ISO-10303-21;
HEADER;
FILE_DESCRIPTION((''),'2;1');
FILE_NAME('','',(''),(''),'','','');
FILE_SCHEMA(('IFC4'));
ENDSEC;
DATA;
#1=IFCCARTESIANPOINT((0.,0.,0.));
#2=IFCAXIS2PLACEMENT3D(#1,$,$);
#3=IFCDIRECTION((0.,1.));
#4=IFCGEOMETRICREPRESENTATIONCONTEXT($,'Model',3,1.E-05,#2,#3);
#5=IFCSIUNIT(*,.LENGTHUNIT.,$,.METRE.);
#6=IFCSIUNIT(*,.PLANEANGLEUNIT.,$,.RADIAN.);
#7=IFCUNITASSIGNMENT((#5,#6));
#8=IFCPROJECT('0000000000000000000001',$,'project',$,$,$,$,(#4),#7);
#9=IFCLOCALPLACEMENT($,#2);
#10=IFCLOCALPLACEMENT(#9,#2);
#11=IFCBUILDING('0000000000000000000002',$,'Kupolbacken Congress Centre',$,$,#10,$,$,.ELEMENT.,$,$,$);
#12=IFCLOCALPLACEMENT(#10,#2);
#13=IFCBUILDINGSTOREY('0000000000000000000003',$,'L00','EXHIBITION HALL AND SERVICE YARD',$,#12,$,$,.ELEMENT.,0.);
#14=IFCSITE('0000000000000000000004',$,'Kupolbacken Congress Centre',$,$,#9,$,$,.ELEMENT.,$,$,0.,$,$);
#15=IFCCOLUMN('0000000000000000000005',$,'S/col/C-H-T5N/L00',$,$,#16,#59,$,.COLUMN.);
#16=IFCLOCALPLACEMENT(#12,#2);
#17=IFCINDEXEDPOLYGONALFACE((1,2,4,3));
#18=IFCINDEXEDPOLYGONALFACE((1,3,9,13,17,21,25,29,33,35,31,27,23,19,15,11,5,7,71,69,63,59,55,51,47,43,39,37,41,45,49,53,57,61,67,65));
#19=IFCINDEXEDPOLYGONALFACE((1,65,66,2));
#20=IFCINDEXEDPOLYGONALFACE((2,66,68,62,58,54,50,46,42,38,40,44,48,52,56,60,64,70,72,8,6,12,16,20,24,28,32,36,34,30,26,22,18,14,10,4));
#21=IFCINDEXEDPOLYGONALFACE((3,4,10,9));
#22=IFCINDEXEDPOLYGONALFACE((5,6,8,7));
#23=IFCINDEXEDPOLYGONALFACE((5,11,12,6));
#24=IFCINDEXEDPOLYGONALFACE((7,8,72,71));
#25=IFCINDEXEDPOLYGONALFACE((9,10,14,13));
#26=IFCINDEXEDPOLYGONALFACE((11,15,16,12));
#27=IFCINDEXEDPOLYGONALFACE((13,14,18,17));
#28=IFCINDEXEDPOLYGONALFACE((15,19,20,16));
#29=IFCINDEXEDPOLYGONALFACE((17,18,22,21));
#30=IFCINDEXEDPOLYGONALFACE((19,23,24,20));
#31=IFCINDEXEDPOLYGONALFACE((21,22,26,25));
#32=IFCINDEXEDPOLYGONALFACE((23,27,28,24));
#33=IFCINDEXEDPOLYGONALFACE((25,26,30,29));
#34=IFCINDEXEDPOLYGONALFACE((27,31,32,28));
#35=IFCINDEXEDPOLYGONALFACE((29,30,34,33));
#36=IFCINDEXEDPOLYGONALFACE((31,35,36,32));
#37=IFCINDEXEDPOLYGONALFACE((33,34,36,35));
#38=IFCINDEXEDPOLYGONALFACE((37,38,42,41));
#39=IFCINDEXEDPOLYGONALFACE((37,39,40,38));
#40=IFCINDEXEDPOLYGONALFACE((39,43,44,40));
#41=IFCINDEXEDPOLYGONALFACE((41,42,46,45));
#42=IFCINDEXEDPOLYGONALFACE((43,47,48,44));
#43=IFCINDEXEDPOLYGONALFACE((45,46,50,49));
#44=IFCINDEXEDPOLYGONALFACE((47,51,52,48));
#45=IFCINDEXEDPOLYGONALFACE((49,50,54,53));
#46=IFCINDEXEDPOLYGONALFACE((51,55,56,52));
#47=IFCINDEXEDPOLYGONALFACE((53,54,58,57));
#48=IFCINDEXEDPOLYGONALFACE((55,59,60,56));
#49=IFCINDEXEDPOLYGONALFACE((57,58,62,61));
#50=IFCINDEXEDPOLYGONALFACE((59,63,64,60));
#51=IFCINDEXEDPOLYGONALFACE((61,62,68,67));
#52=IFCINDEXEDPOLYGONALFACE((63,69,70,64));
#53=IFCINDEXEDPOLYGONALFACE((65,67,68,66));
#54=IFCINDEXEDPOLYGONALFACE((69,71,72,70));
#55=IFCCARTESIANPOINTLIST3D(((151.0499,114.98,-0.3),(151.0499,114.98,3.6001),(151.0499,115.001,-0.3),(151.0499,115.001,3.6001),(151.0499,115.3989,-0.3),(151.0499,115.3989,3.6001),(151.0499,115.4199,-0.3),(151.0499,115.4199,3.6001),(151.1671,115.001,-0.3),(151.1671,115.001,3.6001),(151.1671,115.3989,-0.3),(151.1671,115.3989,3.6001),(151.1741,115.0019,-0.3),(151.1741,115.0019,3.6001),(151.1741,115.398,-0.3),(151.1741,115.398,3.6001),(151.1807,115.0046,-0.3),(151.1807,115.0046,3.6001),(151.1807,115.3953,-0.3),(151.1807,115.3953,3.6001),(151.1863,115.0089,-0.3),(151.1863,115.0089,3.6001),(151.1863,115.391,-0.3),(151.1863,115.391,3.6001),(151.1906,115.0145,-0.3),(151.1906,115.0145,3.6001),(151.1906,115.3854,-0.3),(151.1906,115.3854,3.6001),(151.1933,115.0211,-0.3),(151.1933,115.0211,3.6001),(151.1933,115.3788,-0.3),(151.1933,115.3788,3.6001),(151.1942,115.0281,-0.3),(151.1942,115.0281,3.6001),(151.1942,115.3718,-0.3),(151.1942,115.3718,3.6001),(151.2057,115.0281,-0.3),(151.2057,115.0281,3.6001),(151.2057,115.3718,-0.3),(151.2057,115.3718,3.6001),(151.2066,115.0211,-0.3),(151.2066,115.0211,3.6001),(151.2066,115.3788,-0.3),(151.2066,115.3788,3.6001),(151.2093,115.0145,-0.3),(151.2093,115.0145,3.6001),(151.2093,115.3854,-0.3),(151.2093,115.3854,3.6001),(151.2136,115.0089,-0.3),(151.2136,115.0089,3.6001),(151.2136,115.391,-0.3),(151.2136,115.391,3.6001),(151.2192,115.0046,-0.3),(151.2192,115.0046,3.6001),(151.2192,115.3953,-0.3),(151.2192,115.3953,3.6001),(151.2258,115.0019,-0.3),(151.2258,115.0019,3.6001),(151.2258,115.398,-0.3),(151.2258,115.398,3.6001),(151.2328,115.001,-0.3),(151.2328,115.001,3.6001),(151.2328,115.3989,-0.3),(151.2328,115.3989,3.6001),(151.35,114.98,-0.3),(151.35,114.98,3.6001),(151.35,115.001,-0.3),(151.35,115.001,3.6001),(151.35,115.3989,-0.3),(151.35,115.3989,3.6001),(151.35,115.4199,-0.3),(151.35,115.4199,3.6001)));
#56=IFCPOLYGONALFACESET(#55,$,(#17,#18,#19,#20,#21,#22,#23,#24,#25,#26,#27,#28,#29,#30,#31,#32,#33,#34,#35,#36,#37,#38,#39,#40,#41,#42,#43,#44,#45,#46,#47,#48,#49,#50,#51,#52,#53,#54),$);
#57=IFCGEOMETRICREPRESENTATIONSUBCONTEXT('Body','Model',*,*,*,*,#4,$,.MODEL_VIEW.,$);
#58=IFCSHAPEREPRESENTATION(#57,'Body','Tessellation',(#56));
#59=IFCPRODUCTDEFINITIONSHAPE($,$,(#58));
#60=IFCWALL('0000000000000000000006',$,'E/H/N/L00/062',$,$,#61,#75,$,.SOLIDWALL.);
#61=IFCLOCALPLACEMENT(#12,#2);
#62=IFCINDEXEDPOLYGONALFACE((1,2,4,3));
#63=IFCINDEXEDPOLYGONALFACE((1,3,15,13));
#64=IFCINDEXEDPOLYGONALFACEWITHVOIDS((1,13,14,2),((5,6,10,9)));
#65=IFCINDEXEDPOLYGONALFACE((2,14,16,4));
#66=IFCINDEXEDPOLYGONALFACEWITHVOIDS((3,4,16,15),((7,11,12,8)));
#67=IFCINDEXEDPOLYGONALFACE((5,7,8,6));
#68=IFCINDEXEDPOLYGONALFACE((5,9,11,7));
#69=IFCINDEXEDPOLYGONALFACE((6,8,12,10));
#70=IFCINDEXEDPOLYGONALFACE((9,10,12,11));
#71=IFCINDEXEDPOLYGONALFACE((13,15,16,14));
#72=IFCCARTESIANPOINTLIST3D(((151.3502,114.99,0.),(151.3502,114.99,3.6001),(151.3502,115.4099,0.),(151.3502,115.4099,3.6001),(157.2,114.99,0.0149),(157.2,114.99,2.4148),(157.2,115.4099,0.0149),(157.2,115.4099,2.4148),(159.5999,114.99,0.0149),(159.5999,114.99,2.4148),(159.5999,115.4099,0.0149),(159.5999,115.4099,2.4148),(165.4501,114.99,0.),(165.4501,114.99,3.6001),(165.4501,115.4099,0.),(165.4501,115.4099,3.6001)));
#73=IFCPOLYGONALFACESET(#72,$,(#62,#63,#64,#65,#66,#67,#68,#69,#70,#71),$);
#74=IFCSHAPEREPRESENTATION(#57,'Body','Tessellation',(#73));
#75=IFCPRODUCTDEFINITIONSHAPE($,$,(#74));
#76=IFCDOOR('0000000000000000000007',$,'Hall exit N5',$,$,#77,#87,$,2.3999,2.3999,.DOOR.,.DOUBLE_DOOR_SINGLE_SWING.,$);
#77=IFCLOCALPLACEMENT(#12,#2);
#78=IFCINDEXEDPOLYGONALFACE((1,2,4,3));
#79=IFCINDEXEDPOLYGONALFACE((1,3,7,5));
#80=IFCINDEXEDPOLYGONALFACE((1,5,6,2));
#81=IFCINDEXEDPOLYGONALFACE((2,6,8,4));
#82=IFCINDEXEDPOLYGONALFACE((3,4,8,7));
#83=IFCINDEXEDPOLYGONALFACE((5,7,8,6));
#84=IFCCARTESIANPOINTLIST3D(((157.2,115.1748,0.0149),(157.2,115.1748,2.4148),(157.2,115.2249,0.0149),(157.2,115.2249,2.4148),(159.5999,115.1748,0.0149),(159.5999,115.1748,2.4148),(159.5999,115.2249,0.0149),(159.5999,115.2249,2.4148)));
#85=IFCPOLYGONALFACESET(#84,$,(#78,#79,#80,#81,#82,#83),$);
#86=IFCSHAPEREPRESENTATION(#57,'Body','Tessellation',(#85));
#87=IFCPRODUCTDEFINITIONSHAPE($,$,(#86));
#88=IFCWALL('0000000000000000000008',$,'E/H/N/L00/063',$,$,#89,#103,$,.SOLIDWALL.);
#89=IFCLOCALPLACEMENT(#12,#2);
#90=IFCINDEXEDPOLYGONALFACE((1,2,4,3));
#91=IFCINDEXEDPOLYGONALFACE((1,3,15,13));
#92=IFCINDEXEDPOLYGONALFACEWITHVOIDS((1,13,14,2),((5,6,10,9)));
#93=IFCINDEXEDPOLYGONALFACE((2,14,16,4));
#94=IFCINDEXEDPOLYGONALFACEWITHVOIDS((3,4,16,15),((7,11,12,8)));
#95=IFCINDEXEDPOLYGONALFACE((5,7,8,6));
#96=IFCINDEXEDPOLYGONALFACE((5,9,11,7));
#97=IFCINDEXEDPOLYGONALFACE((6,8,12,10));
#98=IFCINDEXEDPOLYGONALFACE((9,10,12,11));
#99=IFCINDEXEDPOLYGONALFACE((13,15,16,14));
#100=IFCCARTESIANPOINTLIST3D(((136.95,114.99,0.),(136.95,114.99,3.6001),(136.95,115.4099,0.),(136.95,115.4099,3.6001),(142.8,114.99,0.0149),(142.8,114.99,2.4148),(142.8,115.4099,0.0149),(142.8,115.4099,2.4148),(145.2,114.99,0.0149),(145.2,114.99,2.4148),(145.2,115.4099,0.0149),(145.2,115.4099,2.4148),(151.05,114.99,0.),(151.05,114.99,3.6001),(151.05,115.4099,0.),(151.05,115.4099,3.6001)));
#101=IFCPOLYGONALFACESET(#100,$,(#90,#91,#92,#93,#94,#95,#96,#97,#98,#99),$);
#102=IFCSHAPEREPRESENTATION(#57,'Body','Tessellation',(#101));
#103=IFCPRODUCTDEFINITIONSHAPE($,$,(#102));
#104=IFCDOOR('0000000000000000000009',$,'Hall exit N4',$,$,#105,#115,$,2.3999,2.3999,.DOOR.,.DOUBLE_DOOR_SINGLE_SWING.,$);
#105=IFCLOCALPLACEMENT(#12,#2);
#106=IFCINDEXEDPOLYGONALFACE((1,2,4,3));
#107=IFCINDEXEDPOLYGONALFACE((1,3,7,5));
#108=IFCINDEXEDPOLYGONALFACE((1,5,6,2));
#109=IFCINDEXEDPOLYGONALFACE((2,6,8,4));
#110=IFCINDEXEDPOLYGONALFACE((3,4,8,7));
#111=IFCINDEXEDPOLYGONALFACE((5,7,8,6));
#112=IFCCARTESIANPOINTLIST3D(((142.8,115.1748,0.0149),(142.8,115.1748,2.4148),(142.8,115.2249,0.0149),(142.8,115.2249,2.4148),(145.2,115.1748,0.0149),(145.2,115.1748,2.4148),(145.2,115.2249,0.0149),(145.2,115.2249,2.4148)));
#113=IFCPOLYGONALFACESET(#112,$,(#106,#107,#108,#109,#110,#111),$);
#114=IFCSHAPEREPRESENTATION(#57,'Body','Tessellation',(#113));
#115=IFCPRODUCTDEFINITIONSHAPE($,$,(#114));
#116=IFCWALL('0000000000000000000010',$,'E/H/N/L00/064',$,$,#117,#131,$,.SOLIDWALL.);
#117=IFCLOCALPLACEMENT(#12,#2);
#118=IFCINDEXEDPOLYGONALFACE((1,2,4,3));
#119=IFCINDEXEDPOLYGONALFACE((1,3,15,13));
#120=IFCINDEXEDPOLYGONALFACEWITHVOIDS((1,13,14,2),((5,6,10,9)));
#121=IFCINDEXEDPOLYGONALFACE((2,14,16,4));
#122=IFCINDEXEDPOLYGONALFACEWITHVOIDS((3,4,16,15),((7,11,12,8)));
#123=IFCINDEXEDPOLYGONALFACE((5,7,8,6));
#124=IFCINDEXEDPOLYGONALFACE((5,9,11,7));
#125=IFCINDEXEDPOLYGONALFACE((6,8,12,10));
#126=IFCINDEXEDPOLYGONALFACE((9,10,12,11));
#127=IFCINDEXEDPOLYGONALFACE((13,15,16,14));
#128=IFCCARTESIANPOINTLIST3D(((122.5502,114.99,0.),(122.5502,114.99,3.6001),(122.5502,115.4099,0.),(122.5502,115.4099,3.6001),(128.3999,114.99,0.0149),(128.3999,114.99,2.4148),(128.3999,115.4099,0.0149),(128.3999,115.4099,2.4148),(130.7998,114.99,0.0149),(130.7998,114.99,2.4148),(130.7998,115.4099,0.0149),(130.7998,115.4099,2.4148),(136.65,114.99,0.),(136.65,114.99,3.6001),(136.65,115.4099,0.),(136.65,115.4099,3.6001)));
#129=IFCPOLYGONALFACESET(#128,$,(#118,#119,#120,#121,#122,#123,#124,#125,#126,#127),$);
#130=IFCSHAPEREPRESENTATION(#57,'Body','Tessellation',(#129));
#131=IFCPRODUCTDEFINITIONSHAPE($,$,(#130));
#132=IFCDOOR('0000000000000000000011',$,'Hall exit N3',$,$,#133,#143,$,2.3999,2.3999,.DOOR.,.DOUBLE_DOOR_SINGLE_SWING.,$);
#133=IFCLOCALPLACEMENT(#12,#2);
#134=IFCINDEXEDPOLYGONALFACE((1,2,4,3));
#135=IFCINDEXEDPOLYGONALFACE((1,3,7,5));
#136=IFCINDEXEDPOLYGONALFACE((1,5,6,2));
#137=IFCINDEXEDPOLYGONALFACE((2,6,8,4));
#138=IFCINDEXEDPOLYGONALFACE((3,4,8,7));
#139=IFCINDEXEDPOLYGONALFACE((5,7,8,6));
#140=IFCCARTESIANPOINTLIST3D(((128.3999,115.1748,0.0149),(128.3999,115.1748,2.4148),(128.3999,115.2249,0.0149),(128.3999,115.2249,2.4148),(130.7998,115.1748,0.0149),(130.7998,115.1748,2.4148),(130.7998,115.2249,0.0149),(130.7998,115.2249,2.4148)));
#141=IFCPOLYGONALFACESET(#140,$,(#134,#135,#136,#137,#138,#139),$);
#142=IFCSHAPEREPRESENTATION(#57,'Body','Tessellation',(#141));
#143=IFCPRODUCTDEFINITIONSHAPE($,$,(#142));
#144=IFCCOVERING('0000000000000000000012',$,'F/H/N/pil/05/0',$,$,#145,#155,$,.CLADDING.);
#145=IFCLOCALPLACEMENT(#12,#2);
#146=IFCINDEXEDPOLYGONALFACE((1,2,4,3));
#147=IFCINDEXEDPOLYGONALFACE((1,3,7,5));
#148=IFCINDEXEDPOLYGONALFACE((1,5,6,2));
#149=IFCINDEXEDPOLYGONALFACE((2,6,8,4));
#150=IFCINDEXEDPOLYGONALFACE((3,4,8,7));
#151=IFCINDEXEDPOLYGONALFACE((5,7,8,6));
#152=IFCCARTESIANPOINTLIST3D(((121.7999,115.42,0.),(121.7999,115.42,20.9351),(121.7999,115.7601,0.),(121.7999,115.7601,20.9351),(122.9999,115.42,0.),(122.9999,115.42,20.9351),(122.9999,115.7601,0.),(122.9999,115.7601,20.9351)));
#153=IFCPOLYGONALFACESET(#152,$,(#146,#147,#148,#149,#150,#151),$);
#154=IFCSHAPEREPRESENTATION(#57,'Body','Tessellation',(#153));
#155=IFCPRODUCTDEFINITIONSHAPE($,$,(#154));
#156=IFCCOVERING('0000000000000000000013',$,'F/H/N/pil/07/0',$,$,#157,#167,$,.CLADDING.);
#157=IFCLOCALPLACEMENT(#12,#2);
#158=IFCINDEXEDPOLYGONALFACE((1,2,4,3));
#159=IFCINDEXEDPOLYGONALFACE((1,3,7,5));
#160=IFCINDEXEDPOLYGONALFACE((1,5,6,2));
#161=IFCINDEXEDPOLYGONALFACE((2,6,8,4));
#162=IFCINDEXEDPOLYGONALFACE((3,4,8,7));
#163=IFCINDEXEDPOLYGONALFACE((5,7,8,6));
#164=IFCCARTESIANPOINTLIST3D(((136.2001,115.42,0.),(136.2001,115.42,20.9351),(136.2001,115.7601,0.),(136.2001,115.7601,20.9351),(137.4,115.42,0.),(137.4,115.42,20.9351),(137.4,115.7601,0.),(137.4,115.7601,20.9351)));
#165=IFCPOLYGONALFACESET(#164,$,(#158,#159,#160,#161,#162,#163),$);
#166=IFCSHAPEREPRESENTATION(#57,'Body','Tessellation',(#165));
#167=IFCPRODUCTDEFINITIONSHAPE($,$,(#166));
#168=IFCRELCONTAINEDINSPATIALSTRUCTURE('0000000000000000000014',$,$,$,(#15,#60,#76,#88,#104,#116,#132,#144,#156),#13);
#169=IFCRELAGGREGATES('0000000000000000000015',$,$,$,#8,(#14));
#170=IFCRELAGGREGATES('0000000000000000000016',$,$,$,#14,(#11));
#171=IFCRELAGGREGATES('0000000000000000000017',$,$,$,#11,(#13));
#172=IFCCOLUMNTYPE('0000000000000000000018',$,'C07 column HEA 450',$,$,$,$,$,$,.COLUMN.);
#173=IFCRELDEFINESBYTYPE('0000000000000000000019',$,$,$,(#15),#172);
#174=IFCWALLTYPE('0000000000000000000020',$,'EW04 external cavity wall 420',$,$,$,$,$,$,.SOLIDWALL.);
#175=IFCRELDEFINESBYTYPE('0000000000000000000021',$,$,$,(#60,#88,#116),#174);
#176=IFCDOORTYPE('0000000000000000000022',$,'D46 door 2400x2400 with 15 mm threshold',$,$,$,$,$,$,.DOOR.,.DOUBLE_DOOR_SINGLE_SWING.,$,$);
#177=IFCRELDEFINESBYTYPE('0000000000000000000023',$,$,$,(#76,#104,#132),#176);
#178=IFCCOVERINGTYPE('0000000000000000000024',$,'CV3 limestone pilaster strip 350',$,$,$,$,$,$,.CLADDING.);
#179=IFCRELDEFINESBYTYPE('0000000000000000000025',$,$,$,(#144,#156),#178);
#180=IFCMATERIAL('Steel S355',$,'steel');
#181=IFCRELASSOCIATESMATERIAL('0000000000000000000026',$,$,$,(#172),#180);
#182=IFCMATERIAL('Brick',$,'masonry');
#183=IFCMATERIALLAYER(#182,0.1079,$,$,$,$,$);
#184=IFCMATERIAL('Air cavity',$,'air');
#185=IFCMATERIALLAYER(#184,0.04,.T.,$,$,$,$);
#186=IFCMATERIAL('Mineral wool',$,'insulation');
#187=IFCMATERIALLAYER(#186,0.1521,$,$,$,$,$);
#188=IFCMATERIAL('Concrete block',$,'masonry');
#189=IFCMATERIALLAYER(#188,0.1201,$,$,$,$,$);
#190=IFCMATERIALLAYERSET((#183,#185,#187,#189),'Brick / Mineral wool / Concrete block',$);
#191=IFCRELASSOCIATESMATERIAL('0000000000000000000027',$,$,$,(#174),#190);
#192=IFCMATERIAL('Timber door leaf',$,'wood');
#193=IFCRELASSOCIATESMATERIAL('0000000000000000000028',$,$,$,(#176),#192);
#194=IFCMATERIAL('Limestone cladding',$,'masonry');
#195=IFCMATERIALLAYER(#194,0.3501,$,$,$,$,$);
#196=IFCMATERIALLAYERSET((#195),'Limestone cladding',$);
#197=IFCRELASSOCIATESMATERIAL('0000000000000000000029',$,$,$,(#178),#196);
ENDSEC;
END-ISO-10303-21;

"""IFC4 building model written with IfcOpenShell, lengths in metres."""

from ifc_helpers import new_model, si_unit, direction, frame, frame_2d, origin, origin_2d, place, context, subcontext, project, spatial, rectangle, i_section, extrude, material, layer, layer_set, material_profile, profile_set, type_object, element, fill, save


model = new_model("IFC4")

# Units and contexts
model_context = context("Model", 3, precision=1e-05, world=origin(), true_north=direction((0.0, 1.0)))
body_context = subcontext(model_context, "Body", "Model", "MODEL_VIEW")
ifc_project = project(units=[si_unit("LENGTHUNIT", "METRE"), si_unit("PLANEANGLEUNIT", "RADIAN")], contexts=[model_context])

# Site, building, storey
site_placement = place(None, origin())
site = spatial("IfcSite", under=ifc_project, at=site_placement, Name="Kupolbacken Congress Centre", CompositionType="ELEMENT", RefElevation=0.0)
building_placement = place(site_placement, origin())
building = spatial("IfcBuilding", under=site, at=building_placement, Name="Kupolbacken Congress Centre", CompositionType="ELEMENT")
storey_placement = place(building_placement, origin())
storey = spatial("IfcBuildingStorey", under=building, at=storey_placement, Name="L00", Description="EXHIBITION HALL AND SERVICE YARD", CompositionType="ELEMENT", Elevation=0.0)

# Column
ifc_material_1 = material(Name="Steel S355", Category="steel")
ifc_material_profile_1 = material_profile(ifc_material_1, i_section(OverallWidth=0.3, OverallDepth=0.4399, WebThickness=0.0115, FlangeThickness=0.021, FilletRadius=0.0271, at=origin_2d()), Name="HEA 450")
ifc_profile_set_1 = profile_set([ifc_material_profile_1], Name="Steel S355")
column_type = type_object("IfcColumnType", Name="C07 column HEA 450", PredefinedType="COLUMN", material=ifc_profile_set_1)
for number, where, z_axis, x_axis, name in (
    (1, (151.2, 115.2, -0.3), (0.0, 0.0, 1.0), (1.0, 0.0, 0.0), "S/col/C-H-T5N/L00"),
):
    element("IfcColumn", number, at=place(storey_placement, frame(where, z_axis=z_axis, x_axis=x_axis)), inside=storey, type_object=column_type, Name=name, PredefinedType="COLUMN", context=body_context, shape_type="SweptSolid", body=[
        extrude(i_section(OverallWidth=0.3, OverallDepth=0.4399, WebThickness=0.0115, FlangeThickness=0.021, FilletRadius=0.0271, at=origin_2d()), origin(), (0.0, 0.0, 1.0), 3.9001),
    ])

# Walls, openings, doors
ifc_material_2 = material(Name="Brick", Category="masonry")
ifc_layer_1 = layer(ifc_material_2, 0.1079)
ifc_material_3 = material(Name="Air cavity", Category="air")
ifc_layer_2 = layer(ifc_material_3, 0.04, ventilated=True)
ifc_material_4 = material(Name="Mineral wool", Category="insulation")
ifc_layer_3 = layer(ifc_material_4, 0.1521)
ifc_material_5 = material(Name="Concrete block", Category="masonry")
ifc_layer_4 = layer(ifc_material_5, 0.1201)
ifc_layer_set_1 = layer_set([ifc_layer_1, ifc_layer_2, ifc_layer_3, ifc_layer_4], Name="Brick / Mineral wool / Concrete block")
wall_type = type_object("IfcWallType", Name="EW04 external cavity wall 420", PredefinedType="SOLIDWALL", material=ifc_layer_set_1)
wall_1_placement = place(storey_placement, frame((165.45, 115.2, 0.0), z_axis=(0.0, 0.0, 1.0), x_axis=(-1.0, 0.0, 0.0)))
wall_1 = element("IfcWall", 2, at=wall_1_placement, inside=storey, type_object=wall_type, Name="E/H/N/L00/062", PredefinedType="SOLIDWALL", context=body_context, shape_type="SweptSolid", body=[
    extrude(rectangle(XDim=14.0999, YDim=0.4199, at=frame_2d((7.0498, 0.0))), origin(), (0.0, 0.0, 1.0), 3.6001),
])
opening_1_placement = place(wall_1_placement, frame((5.8501, 0.0, 0.0149)))
opening_1 = element("IfcOpeningElement", 3, at=opening_1_placement, cuts=wall_1, PredefinedType="OPENING", context=body_context, shape_type="SweptSolid", body=[
    extrude(rectangle(XDim=2.3999, YDim=2.3999, at=frame_2d((1.2, 1.2))), frame((0.0, 0.22, 0.0), z_axis=(0.0, -1.0, 0.0), x_axis=(1.0, 0.0, 0.0)), (0.0, 0.0, 1.0), 0.4399),
])
ifc_material_6 = material(Name="Timber door leaf", Category="wood")
door_type = type_object("IfcDoorType", Name="D46 door 2400x2400 with 15 mm threshold", OperationType="DOUBLE_DOOR_SINGLE_SWING", PredefinedType="DOOR", material=ifc_material_6)
door_1_placement = place(opening_1_placement, frame((2.3999, 0.0, 0.0), z_axis=(0.0, 0.0, 1.0), x_axis=(-1.0, 0.0, 0.0)))
door_1 = element("IfcDoor", 4, at=door_1_placement, inside=storey, type_object=door_type, Name="Hall exit N5", OperationType="DOUBLE_DOOR_SINGLE_SWING", OverallHeight=2.3999, OverallWidth=2.3999, PredefinedType="DOOR", context=body_context, shape_type="SweptSolid", body=[
    extrude(rectangle(XDim=2.3999, YDim=2.3999, at=frame_2d((1.2, 1.2))), frame((0.0, 0.0249, 0.0), z_axis=(0.0, -1.0, 0.0), x_axis=(1.0, 0.0, 0.0)), (0.0, 0.0, 1.0), 0.05),
])
fill(opening_1, door_1)
wall_2_placement = place(storey_placement, frame((151.05, 115.2, 0.0), z_axis=(0.0, 0.0, 1.0), x_axis=(-1.0, 0.0, 0.0)))
wall_2 = element("IfcWall", 5, at=wall_2_placement, inside=storey, type_object=wall_type, Name="E/H/N/L00/063", PredefinedType="SOLIDWALL", context=body_context, shape_type="SweptSolid", body=[
    extrude(rectangle(XDim=14.1001, YDim=0.4199, at=frame_2d((7.05, 0.0))), origin(), (0.0, 0.0, 1.0), 3.6001),
])
opening_2_placement = place(wall_2_placement, frame((5.8501, 0.0, 0.0149)))
opening_2 = element("IfcOpeningElement", 6, at=opening_2_placement, cuts=wall_2, PredefinedType="OPENING", context=body_context, shape_type="SweptSolid", body=[
    extrude(rectangle(XDim=2.3999, YDim=2.3999, at=frame_2d((1.2, 1.2))), frame((0.0, 0.22, 0.0), z_axis=(0.0, -1.0, 0.0), x_axis=(1.0, 0.0, 0.0)), (0.0, 0.0, 1.0), 0.4399),
])
door_2_placement = place(opening_2_placement, frame((2.3999, 0.0, 0.0), z_axis=(0.0, 0.0, 1.0), x_axis=(-1.0, 0.0, 0.0)))
door_2 = element("IfcDoor", 7, at=door_2_placement, inside=storey, type_object=door_type, Name="Hall exit N4", OperationType="DOUBLE_DOOR_SINGLE_SWING", OverallHeight=2.3999, OverallWidth=2.3999, PredefinedType="DOOR", context=body_context, shape_type="SweptSolid", body=[
    extrude(rectangle(XDim=2.3999, YDim=2.3999, at=frame_2d((1.2, 1.2))), frame((0.0, 0.0249, 0.0), z_axis=(0.0, -1.0, 0.0), x_axis=(1.0, 0.0, 0.0)), (0.0, 0.0, 1.0), 0.05),
])
fill(opening_2, door_2)
wall_3_placement = place(storey_placement, frame((136.6499, 115.2, 0.0), z_axis=(0.0, 0.0, 1.0), x_axis=(-1.0, 0.0, 0.0)))
wall_3 = element("IfcWall", 8, at=wall_3_placement, inside=storey, type_object=wall_type, Name="E/H/N/L00/064", PredefinedType="SOLIDWALL", context=body_context, shape_type="SweptSolid", body=[
    extrude(rectangle(XDim=14.0999, YDim=0.4199, at=frame_2d((7.0498, 0.0))), origin(), (0.0, 0.0, 1.0), 3.6001),
])
opening_3_placement = place(wall_3_placement, frame((5.8501, 0.0, 0.0149)))
opening_3 = element("IfcOpeningElement", 9, at=opening_3_placement, cuts=wall_3, PredefinedType="OPENING", context=body_context, shape_type="SweptSolid", body=[
    extrude(rectangle(XDim=2.3999, YDim=2.3999, at=frame_2d((1.2, 1.2))), frame((0.0, 0.22, 0.0), z_axis=(0.0, -1.0, 0.0), x_axis=(1.0, 0.0, 0.0)), (0.0, 0.0, 1.0), 0.4399),
])
door_3_placement = place(opening_3_placement, frame((2.3999, 0.0, 0.0), z_axis=(0.0, 0.0, 1.0), x_axis=(-1.0, 0.0, 0.0)))
door_3 = element("IfcDoor", 10, at=door_3_placement, inside=storey, type_object=door_type, Name="Hall exit N3", OperationType="DOUBLE_DOOR_SINGLE_SWING", OverallHeight=2.3999, OverallWidth=2.3999, PredefinedType="DOOR", context=body_context, shape_type="SweptSolid", body=[
    extrude(rectangle(XDim=2.3999, YDim=2.3999, at=frame_2d((1.2, 1.2))), frame((0.0, 0.0249, 0.0), z_axis=(0.0, -1.0, 0.0), x_axis=(1.0, 0.0, 0.0)), (0.0, 0.0, 1.0), 0.05),
])
fill(opening_3, door_3)

# Coverings
ifc_material_7 = material(Name="Limestone cladding", Category="masonry")
ifc_layer_5 = layer(ifc_material_7, 0.3501)
ifc_layer_set_2 = layer_set([ifc_layer_5], Name="Limestone cladding")
covering_type_1 = type_object("IfcCoveringType", Name="CV3 limestone pilaster strip 350", PredefinedType="CLADDING", material=ifc_layer_set_2)
for number, where, z_axis, x_axis, name in (
    (11, (122.3999, 115.5901, 0.0), (0.0, 0.0, 1.0), (1.0, 0.0, 0.0), "F/H/N/pil/05/0"),
    (12, (136.8, 115.5901, 0.0), (0.0, 0.0, 1.0), (1.0, 0.0, 0.0), "F/H/N/pil/07/0"),
):
    element("IfcCovering", number, at=place(storey_placement, frame(where, z_axis=z_axis, x_axis=x_axis)), inside=storey, type_object=covering_type_1, Name=name, PredefinedType="CLADDING", context=body_context, shape_type="SweptSolid", body=[
        extrude(rectangle(XDim=1.2, YDim=0.3401, at=origin_2d()), origin(), (0.0, 0.0, 1.0), 20.9351),
    ])

save(model, "model.ifc")
